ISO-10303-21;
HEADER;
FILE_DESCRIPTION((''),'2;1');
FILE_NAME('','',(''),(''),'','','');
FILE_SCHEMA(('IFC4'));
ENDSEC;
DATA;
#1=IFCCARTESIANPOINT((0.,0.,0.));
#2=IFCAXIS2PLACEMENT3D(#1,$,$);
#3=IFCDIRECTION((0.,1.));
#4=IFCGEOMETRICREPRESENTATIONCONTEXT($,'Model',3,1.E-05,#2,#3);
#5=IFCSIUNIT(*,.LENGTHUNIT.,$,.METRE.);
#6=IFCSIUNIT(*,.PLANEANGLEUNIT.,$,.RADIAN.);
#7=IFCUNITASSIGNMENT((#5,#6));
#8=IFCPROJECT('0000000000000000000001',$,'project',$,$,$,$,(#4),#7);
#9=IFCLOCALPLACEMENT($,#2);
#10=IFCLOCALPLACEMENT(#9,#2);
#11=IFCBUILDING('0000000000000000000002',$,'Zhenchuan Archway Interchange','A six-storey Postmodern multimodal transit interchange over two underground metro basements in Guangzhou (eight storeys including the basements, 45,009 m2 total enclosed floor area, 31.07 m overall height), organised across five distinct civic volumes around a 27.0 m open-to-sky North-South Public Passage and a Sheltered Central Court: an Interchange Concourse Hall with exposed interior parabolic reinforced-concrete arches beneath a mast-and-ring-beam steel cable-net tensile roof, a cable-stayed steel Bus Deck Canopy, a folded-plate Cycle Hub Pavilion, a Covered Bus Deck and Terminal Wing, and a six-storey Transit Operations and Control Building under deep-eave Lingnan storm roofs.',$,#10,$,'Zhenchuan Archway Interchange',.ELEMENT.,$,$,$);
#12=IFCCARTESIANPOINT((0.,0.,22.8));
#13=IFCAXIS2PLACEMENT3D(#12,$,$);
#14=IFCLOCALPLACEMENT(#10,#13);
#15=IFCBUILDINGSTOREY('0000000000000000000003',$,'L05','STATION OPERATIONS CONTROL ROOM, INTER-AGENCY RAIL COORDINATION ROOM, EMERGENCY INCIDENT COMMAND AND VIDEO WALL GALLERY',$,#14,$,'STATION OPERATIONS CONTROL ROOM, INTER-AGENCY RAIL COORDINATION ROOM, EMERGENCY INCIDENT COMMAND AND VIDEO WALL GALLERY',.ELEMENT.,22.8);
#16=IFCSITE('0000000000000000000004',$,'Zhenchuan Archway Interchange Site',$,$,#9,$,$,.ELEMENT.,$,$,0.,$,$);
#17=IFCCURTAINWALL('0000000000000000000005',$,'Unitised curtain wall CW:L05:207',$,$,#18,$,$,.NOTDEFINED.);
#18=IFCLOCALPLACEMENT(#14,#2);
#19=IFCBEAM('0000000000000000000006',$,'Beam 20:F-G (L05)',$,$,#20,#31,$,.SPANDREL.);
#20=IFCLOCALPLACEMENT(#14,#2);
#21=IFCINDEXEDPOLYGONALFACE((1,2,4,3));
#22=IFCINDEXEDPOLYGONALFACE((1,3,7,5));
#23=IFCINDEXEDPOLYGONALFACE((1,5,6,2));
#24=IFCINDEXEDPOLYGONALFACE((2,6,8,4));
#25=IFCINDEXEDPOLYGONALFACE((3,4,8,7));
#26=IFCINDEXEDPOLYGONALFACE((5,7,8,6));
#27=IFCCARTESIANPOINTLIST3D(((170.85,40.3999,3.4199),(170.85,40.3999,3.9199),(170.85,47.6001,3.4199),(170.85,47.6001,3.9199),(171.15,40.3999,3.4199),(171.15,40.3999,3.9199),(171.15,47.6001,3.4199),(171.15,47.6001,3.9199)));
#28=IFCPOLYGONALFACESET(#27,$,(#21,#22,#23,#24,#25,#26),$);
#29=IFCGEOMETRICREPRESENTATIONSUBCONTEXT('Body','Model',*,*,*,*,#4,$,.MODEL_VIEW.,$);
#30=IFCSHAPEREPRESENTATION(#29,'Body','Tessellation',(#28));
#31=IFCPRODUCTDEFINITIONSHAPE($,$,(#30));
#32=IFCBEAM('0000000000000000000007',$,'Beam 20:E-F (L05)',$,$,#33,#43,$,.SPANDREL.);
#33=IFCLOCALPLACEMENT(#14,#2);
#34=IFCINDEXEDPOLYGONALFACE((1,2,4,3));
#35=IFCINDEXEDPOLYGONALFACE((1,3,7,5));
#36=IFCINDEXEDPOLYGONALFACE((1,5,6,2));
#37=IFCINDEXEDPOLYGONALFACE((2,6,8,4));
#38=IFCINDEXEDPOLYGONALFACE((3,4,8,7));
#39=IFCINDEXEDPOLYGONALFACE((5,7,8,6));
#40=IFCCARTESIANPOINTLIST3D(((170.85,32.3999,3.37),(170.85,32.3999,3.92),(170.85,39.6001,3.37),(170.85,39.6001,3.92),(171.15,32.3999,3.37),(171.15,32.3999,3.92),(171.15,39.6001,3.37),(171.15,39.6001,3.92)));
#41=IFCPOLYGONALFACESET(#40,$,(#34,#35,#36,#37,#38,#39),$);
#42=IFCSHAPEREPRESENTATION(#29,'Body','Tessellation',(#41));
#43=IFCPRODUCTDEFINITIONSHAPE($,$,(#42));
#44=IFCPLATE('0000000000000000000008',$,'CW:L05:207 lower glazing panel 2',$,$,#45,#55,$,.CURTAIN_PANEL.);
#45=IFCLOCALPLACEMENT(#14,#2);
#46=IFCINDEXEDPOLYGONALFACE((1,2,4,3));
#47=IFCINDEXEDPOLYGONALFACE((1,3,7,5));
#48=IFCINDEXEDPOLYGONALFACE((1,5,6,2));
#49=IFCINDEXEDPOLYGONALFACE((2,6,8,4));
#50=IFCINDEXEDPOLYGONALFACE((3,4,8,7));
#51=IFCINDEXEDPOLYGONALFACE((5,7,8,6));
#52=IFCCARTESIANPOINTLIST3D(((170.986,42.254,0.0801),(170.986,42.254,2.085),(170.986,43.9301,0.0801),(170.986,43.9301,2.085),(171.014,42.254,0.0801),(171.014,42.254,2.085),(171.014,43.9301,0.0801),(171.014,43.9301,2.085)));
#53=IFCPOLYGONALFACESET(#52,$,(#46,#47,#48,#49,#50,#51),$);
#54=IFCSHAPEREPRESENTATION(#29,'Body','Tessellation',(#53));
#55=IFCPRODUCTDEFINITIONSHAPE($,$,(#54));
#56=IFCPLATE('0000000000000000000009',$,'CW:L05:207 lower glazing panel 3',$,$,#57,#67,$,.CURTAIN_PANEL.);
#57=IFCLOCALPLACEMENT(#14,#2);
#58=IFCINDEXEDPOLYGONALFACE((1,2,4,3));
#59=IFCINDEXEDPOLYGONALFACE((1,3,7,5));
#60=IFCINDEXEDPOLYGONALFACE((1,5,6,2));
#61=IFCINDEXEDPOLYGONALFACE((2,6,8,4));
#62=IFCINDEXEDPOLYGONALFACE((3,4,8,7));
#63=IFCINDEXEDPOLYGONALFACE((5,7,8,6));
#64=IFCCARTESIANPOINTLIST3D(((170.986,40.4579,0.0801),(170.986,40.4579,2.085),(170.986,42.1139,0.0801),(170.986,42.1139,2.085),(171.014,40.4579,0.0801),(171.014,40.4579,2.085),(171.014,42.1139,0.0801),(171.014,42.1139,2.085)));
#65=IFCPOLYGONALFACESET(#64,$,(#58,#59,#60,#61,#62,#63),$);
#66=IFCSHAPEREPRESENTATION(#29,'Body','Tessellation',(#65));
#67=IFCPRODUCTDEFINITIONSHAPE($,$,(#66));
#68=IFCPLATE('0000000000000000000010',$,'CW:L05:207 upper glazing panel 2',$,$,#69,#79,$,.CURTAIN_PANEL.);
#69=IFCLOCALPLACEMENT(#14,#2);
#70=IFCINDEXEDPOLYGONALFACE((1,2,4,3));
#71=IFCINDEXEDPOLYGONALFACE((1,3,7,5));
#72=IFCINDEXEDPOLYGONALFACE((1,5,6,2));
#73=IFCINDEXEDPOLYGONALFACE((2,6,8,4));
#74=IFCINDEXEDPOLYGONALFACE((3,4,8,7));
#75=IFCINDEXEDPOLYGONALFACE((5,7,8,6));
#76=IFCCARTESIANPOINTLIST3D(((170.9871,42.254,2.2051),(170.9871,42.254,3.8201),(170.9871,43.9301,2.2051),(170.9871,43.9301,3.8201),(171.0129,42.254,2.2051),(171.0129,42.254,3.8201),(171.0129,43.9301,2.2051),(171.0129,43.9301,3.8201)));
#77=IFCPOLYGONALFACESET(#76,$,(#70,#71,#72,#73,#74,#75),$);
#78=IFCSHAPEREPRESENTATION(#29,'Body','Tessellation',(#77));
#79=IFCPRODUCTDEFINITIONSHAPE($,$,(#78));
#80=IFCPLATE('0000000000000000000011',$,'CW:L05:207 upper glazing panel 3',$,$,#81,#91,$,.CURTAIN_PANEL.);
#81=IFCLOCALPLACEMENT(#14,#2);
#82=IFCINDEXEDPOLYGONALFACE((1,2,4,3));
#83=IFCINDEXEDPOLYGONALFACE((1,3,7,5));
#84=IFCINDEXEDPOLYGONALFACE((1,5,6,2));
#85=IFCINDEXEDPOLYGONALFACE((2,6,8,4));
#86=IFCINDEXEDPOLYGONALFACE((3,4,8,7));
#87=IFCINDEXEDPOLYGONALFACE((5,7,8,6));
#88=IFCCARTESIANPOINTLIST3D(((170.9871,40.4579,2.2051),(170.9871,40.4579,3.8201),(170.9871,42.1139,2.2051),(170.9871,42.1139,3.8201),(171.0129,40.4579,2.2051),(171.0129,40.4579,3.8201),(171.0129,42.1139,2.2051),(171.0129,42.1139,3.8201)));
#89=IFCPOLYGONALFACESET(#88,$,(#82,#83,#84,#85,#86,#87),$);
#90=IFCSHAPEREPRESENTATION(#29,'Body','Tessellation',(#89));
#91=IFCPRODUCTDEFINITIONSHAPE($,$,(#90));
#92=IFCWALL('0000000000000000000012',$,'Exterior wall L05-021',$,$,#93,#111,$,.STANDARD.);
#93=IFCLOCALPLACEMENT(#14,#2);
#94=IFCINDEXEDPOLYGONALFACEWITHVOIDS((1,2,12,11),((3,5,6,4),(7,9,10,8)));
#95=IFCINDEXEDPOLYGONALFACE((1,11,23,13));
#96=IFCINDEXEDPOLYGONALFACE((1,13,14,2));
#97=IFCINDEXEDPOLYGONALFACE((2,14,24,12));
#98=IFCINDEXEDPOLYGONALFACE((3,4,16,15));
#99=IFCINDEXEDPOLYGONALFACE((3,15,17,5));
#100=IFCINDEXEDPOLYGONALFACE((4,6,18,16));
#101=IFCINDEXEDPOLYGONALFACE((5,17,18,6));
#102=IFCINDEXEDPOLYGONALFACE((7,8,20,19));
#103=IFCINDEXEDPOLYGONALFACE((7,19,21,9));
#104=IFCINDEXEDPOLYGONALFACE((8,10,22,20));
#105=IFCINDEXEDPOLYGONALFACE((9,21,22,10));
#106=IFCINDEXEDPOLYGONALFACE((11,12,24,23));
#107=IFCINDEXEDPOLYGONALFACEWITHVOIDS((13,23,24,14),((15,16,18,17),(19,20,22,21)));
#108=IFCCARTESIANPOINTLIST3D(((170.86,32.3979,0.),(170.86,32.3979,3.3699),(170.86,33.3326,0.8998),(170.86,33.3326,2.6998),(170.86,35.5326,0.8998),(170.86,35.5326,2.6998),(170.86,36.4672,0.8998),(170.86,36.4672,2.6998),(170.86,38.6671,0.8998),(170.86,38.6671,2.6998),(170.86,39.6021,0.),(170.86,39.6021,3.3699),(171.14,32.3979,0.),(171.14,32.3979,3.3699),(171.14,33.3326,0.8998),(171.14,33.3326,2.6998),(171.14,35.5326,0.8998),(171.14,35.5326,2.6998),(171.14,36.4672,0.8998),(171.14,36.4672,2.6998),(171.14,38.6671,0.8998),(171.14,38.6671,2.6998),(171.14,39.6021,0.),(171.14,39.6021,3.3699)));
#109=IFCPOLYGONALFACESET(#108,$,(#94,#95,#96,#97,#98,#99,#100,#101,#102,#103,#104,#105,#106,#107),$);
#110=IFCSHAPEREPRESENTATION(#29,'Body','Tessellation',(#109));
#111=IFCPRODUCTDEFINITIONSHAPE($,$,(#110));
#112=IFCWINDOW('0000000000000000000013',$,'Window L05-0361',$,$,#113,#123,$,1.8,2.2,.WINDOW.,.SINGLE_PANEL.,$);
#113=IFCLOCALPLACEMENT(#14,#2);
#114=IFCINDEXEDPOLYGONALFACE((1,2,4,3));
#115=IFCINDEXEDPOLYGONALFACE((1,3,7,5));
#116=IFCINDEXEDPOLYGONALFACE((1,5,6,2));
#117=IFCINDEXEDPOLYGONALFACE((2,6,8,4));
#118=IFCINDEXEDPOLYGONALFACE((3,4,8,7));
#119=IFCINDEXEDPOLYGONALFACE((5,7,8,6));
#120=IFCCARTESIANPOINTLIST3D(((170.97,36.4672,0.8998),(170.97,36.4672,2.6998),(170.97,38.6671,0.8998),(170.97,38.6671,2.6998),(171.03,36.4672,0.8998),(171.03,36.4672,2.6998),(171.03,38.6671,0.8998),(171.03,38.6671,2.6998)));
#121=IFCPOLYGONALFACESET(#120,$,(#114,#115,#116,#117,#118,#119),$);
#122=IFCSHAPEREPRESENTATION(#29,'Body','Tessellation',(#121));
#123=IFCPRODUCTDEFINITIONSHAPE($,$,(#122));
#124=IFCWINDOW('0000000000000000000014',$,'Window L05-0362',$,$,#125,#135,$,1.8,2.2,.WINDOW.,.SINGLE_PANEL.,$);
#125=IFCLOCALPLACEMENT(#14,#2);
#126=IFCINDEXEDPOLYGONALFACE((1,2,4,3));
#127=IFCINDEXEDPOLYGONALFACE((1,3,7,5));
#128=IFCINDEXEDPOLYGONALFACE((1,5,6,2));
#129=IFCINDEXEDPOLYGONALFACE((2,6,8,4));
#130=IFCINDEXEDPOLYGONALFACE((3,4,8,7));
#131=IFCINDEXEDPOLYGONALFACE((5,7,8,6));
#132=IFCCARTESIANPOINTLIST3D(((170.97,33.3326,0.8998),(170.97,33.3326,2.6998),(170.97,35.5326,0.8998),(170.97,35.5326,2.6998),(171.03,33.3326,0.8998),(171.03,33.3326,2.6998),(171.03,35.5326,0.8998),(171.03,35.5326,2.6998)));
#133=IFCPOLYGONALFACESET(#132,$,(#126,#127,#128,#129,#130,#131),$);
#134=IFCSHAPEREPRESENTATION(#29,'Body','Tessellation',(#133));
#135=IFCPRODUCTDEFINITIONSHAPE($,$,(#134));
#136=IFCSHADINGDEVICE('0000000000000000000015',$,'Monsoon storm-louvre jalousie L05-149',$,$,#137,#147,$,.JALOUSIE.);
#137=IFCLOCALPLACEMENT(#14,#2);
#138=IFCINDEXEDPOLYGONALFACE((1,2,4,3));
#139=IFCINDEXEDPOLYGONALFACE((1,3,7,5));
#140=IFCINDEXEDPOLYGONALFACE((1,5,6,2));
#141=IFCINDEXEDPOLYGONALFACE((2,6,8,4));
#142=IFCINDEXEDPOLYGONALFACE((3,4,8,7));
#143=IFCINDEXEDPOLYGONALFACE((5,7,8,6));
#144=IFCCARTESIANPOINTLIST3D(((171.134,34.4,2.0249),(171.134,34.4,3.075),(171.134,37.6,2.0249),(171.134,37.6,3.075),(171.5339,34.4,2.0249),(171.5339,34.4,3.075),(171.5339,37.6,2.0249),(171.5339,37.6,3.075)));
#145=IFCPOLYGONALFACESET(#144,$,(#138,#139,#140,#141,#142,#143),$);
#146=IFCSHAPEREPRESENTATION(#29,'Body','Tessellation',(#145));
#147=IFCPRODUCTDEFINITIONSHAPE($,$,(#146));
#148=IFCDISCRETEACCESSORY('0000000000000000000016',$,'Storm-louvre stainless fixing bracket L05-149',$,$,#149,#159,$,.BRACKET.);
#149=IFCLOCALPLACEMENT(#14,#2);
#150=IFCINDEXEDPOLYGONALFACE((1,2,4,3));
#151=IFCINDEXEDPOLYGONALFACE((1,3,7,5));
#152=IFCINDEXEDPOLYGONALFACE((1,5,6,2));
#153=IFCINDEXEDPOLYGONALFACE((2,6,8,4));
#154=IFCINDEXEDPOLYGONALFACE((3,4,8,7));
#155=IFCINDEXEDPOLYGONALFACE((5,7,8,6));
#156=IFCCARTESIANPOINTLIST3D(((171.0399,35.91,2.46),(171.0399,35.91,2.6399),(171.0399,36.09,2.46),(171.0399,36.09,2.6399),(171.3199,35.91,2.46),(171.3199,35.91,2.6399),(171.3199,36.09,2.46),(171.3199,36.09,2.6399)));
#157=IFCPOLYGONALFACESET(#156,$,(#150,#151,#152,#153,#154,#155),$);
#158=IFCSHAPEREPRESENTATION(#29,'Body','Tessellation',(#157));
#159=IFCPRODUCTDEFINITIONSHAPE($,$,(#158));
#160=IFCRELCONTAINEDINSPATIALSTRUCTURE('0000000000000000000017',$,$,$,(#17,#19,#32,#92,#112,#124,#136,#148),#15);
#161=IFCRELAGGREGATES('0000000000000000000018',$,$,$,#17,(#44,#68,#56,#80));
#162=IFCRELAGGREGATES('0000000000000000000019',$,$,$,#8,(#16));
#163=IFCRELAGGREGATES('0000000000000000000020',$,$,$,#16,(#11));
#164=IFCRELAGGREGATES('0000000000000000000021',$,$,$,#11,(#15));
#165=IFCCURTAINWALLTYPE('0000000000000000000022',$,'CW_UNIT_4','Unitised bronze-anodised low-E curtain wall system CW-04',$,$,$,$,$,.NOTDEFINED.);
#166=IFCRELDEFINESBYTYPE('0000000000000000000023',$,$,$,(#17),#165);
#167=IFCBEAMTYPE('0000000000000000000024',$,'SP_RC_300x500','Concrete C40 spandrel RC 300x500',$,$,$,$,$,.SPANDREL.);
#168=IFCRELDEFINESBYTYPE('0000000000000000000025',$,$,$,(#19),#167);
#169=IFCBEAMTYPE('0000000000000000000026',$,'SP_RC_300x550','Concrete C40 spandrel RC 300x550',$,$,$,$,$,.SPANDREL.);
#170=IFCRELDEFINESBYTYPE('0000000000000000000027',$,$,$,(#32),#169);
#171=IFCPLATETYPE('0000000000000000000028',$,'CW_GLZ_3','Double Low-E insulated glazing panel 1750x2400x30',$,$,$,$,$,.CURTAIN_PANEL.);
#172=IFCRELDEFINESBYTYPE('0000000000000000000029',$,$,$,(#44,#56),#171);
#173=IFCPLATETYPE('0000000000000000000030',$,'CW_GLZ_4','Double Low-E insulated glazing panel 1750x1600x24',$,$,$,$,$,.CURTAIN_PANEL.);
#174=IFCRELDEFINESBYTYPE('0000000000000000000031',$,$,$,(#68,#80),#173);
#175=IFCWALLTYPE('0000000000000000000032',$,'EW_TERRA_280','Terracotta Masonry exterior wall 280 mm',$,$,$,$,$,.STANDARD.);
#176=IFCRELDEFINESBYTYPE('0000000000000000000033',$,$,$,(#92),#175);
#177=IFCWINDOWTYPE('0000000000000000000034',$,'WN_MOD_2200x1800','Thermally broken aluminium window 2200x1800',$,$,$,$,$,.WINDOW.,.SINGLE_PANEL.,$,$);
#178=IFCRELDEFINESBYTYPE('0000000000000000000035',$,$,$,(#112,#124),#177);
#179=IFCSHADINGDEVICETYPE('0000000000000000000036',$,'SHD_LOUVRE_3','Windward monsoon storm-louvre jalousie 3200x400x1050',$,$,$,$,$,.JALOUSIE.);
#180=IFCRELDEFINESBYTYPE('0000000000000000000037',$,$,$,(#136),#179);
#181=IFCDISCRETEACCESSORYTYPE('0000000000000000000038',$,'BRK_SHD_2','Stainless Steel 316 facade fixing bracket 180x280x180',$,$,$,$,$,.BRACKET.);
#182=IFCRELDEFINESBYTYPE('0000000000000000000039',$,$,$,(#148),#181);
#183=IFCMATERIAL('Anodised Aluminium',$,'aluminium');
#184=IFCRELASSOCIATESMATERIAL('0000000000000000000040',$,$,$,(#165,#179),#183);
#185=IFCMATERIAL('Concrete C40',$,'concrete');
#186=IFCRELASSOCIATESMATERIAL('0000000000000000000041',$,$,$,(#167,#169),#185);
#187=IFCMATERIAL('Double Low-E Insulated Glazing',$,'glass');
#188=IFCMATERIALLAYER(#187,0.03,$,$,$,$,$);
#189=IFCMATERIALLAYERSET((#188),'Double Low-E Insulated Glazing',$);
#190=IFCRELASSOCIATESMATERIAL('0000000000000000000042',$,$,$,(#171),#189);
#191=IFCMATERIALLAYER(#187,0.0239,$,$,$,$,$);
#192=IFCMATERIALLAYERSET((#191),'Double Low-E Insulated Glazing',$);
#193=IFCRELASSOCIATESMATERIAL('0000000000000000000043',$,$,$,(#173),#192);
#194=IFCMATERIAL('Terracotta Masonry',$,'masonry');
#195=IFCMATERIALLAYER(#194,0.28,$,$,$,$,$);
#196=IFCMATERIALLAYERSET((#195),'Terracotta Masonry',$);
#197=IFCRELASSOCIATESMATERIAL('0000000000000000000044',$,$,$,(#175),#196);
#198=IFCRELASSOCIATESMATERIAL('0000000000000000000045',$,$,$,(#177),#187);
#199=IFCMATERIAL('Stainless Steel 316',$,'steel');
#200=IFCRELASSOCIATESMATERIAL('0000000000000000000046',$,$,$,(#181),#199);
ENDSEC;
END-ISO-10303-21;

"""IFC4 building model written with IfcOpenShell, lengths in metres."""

from ifc_helpers import new_model, si_unit, direction, frame, frame_2d, origin, origin_2d, place, context, subcontext, project, spatial, rectangle, extrude, material, layer, layer_set, material_profile, profile_set, type_object, element, fill, aggregate, save


model = new_model("IFC4")

# Units and contexts
model_context = context("Model", 3, precision=1e-05, world=origin(), true_north=direction((0.0, 1.0)))
body_context = subcontext(model_context, "Body", "Model", "MODEL_VIEW")
ifc_project = project(units=[si_unit("LENGTHUNIT", "METRE"), si_unit("PLANEANGLEUNIT", "RADIAN")], contexts=[model_context])

# Site, building, storey
site_placement = place(None, origin())
site = spatial("IfcSite", under=ifc_project, at=site_placement, Name="Zhenchuan Archway Interchange Site", CompositionType="ELEMENT", RefElevation=0.0)
building_placement = place(site_placement, origin())
building = spatial("IfcBuilding", under=site, at=building_placement, Name="Zhenchuan Archway Interchange", Description="A six-storey Postmodern multimodal transit interchange over two underground metro basements in Guangzhou (eight storeys including the basements, 45,009 m2 total enclosed floor area, 31.07 m overall height), organised across five distinct civic volumes around a 27.0 m open-to-sky North-South Public Passage and a Sheltered Central Court: an Interchange Concourse Hall with exposed interior parabolic reinforced-concrete arches beneath a mast-and-ring-beam steel cable-net tensile roof, a cable-stayed steel Bus Deck Canopy, a folded-plate Cycle Hub Pavilion, a Covered Bus Deck and Terminal Wing, and a six-storey Transit Operations and Control Building under deep-eave Lingnan storm roofs.", LongName="Zhenchuan Archway Interchange", CompositionType="ELEMENT")
storey_placement = place(building_placement, frame((0.0, 0.0, 22.8)))
storey = spatial("IfcBuildingStorey", under=building, at=storey_placement, Name="L05", Description="STATION OPERATIONS CONTROL ROOM, INTER-AGENCY RAIL COORDINATION ROOM, EMERGENCY INCIDENT COMMAND AND VIDEO WALL GALLERY", LongName="STATION OPERATIONS CONTROL ROOM, INTER-AGENCY RAIL COORDINATION ROOM, EMERGENCY INCIDENT COMMAND AND VIDEO WALL GALLERY", CompositionType="ELEMENT", Elevation=22.8)

# Shared definitions
ifc_material_1 = material(Name="Concrete C40", Category="concrete")

# Curtain wall
ifc_material_2 = material(Name="Anodised Aluminium", Category="aluminium")
curtain_wall_type = type_object("IfcCurtainWallType", Name="CW_UNIT_4", Description="Unitised bronze-anodised low-E curtain wall system CW-04", PredefinedType="NOTDEFINED", material=ifc_material_2)
curtain_wall_placement = place(storey_placement, origin())
curtain_wall = element("IfcCurtainWall", 1, at=curtain_wall_placement, inside=storey, type_object=curtain_wall_type, Name="Unitised curtain wall CW:L05:207", PredefinedType="NOTDEFINED")

# Beams
ifc_material_profile_1 = material_profile(ifc_material_1, rectangle(XDim=0.3, YDim=0.5, at=origin_2d()), Name="RC 300x500")
ifc_profile_set_1 = profile_set([ifc_material_profile_1], Name="Concrete C40")
beam_type_1 = type_object("IfcBeamType", Name="SP_RC_300x500", Description="Concrete C40 spandrel RC 300x500", PredefinedType="SPANDREL", material=ifc_profile_set_1)
beam_1_placement = place(storey_placement, frame((171.0, 40.3999, 3.6699), z_axis=(0.0, 1.0, 0.0), x_axis=(-1.0, 0.0, 0.0)))
element("IfcBeam", 2, at=beam_1_placement, inside=storey, type_object=beam_type_1, Name="Beam 20:F-G (L05)", PredefinedType="SPANDREL", context=body_context, shape_type="SweptSolid", body=[
    extrude(rectangle(XDim=0.3, YDim=0.5, at=origin_2d()), origin(), (0.0, 0.0, 1.0), 7.2002),
])
ifc_material_profile_2 = material_profile(ifc_material_1, rectangle(XDim=0.3, YDim=0.55, at=origin_2d()), Name="RC 300x550")
ifc_profile_set_2 = profile_set([ifc_material_profile_2], Name="Concrete C40")
beam_type_2 = type_object("IfcBeamType", Name="SP_RC_300x550", Description="Concrete C40 spandrel RC 300x550", PredefinedType="SPANDREL", material=ifc_profile_set_2)
beam_2_placement = place(storey_placement, frame((171.0, 32.3999, 3.645), z_axis=(0.0, 1.0, 0.0), x_axis=(-1.0, 0.0, 0.0)))
element("IfcBeam", 3, at=beam_2_placement, inside=storey, type_object=beam_type_2, Name="Beam 20:E-F (L05)", PredefinedType="SPANDREL", context=body_context, shape_type="SweptSolid", body=[
    extrude(rectangle(XDim=0.3, YDim=0.55, at=origin_2d()), origin(), (0.0, 0.0, 1.0), 7.2002),
])

# Plates
ifc_material_3 = material(Name="Double Low-E Insulated Glazing", Category="glass")
ifc_layer_1 = layer(ifc_material_3, 0.03)
ifc_layer_set_1 = layer_set([ifc_layer_1], Name="Double Low-E Insulated Glazing")
plate_type_1 = type_object("IfcPlateType", Name="CW_GLZ_3", Description="Double Low-E insulated glazing panel 1750x2400x30", PredefinedType="CURTAIN_PANEL", material=ifc_layer_set_1)
plate_1_placement = place(storey_placement, frame((171.0, 43.092, 0.0801), z_axis=(0.0, 0.0, 1.0), x_axis=(0.0, -1.0, 0.0)))
plate_1 = element("IfcPlate", 4, at=plate_1_placement, type_object=plate_type_1, Name="CW:L05:207 lower glazing panel 2", PredefinedType="CURTAIN_PANEL", context=body_context, shape_type="SweptSolid", body=[
    extrude(rectangle(XDim=1.676, YDim=0.0281, at=origin_2d()), origin(), (0.0, 0.0, 1.0), 2.0049),
])
plate_2_placement = place(storey_placement, frame((171.0, 41.2859, 0.0801), z_axis=(0.0, 0.0, 1.0), x_axis=(0.0, -1.0, 0.0)))
plate_2 = element("IfcPlate", 5, at=plate_2_placement, type_object=plate_type_1, Name="CW:L05:207 lower glazing panel 3", PredefinedType="CURTAIN_PANEL", context=body_context, shape_type="SweptSolid", body=[
    extrude(rectangle(XDim=1.656, YDim=0.0281, at=origin_2d()), origin(), (0.0, 0.0, 1.0), 2.0049),
])
ifc_layer_2 = layer(ifc_material_3, 0.0239)
ifc_layer_set_2 = layer_set([ifc_layer_2], Name="Double Low-E Insulated Glazing")
plate_type_2 = type_object("IfcPlateType", Name="CW_GLZ_4", Description="Double Low-E insulated glazing panel 1750x1600x24", PredefinedType="CURTAIN_PANEL", material=ifc_layer_set_2)
plate_3_placement = place(storey_placement, frame((171.0, 43.092, 2.2051), z_axis=(0.0, 0.0, 1.0), x_axis=(0.0, -1.0, 0.0)))
plate_3 = element("IfcPlate", 6, at=plate_3_placement, type_object=plate_type_2, Name="CW:L05:207 upper glazing panel 2", PredefinedType="CURTAIN_PANEL", context=body_context, shape_type="SweptSolid", body=[
    extrude(rectangle(XDim=1.676, YDim=0.0259, at=origin_2d()), origin(), (0.0, 0.0, 1.0), 1.615),
])
plate_4_placement = place(storey_placement, frame((171.0, 41.2859, 2.2051), z_axis=(0.0, 0.0, 1.0), x_axis=(0.0, -1.0, 0.0)))
plate_4 = element("IfcPlate", 7, at=plate_4_placement, type_object=plate_type_2, Name="CW:L05:207 upper glazing panel 3", PredefinedType="CURTAIN_PANEL", context=body_context, shape_type="SweptSolid", body=[
    extrude(rectangle(XDim=1.656, YDim=0.0259, at=origin_2d()), origin(), (0.0, 0.0, 1.0), 1.615),
])
aggregate(curtain_wall, [plate_1, plate_3, plate_2, plate_4])

# Wall, openings, windows
ifc_material_4 = material(Name="Terracotta Masonry", Category="masonry")
ifc_layer_3 = layer(ifc_material_4, 0.28)
ifc_layer_set_3 = layer_set([ifc_layer_3], Name="Terracotta Masonry")
wall_type = type_object("IfcWallType", Name="EW_TERRA_280", Description="Terracotta Masonry exterior wall 280 mm", PredefinedType="STANDARD", material=ifc_layer_set_3)
wall_placement = place(storey_placement, frame((171.0, 39.6021, 0.0), z_axis=(0.0, 0.0, 1.0), x_axis=(0.0, -1.0, 0.0)))
wall = element("IfcWall", 8, at=wall_placement, inside=storey, type_object=wall_type, Name="Exterior wall L05-021", PredefinedType="STANDARD", context=body_context, shape_type="SweptSolid", body=[
    extrude(rectangle(XDim=7.2041, YDim=0.28, at=frame_2d((3.6021, 0.0))), origin(), (0.0, 0.0, 1.0), 3.3699),
])
opening_1_placement = place(wall_placement, frame((0.9348, 0.0, 0.8999)))
opening_1 = element("IfcOpeningElement", 9, at=opening_1_placement, cuts=wall, PredefinedType="OPENING", context=body_context, shape_type="SweptSolid", body=[
    extrude(rectangle(XDim=2.2, YDim=1.8, at=frame_2d((1.1001, 0.8999))), frame((0.0, 0.1519, 0.0), z_axis=(0.0, -1.0, 0.0), x_axis=(1.0, 0.0, 0.0)), (0.0, 0.0, 1.0), 0.304),
])
opening_2_placement = place(wall_placement, frame((4.0693, 0.0, 0.8999)))
opening_2 = element("IfcOpeningElement", 10, at=opening_2_placement, cuts=wall, PredefinedType="OPENING", context=body_context, shape_type="SweptSolid", body=[
    extrude(rectangle(XDim=2.2, YDim=1.8, at=frame_2d((1.1001, 0.8999))), frame((0.0, 0.1519, 0.0), z_axis=(0.0, -1.0, 0.0), x_axis=(1.0, 0.0, 0.0)), (0.0, 0.0, 1.0), 0.304),
])
window_type = type_object("IfcWindowType", Name="WN_MOD_2200x1800", Description="Thermally broken aluminium window 2200x1800", PartitioningType="SINGLE_PANEL", PredefinedType="WINDOW", material=ifc_material_3)
window_1_placement = place(opening_1_placement, origin())
window_1 = element("IfcWindow", 11, at=window_1_placement, inside=storey, type_object=window_type, Name="Window L05-0361", OverallHeight=1.8, OverallWidth=2.2, PartitioningType="SINGLE_PANEL", PredefinedType="WINDOW", context=body_context, shape_type="SweptSolid", body=[
    extrude(rectangle(XDim=2.2, YDim=1.8, at=frame_2d((1.1001, 0.8999))), frame((0.0, 0.03, 0.0), z_axis=(0.0, -1.0, 0.0), x_axis=(1.0, 0.0, 0.0)), (0.0, 0.0, 1.0), 0.0601),
])
fill(opening_1, window_1)
window_2_placement = place(opening_2_placement, origin())
window_2 = element("IfcWindow", 12, at=window_2_placement, inside=storey, type_object=window_type, Name="Window L05-0362", OverallHeight=1.8, OverallWidth=2.2, PartitioningType="SINGLE_PANEL", PredefinedType="WINDOW", context=body_context, shape_type="SweptSolid", body=[
    extrude(rectangle(XDim=2.2, YDim=1.8, at=frame_2d((1.1001, 0.8999))), frame((0.0, 0.03, 0.0), z_axis=(0.0, -1.0, 0.0), x_axis=(1.0, 0.0, 0.0)), (0.0, 0.0, 1.0), 0.0601),
])
fill(opening_2, window_2)

# Shading device
shading_device_type = type_object("IfcShadingDeviceType", Name="SHD_LOUVRE_3", Description="Windward monsoon storm-louvre jalousie 3200x400x1050", PredefinedType="JALOUSIE", material=ifc_material_2)
shading_device_placement = place(storey_placement, frame((171.334, 36.0, 2.0249), z_axis=(0.0, 0.0, 1.0), x_axis=(0.0, -1.0, 0.0)))
element("IfcShadingDevice", 13, at=shading_device_placement, inside=storey, type_object=shading_device_type, Name="Monsoon storm-louvre jalousie L05-149", PredefinedType="JALOUSIE", context=body_context, shape_type="SweptSolid", body=[
    extrude(rectangle(XDim=3.2, YDim=0.3999, at=origin_2d()), origin(), (0.0, 0.0, 1.0), 1.05),
])

# Discrete accessory
ifc_material_5 = material(Name="Stainless Steel 316", Category="steel")
discrete_accessory_type = type_object("IfcDiscreteAccessoryType", Name="BRK_SHD_2", Description="Stainless Steel 316 facade fixing bracket 180x280x180", PredefinedType="BRACKET", material=ifc_material_5)
discrete_accessory_placement = place(storey_placement, frame((171.1799, 36.0, 2.46), z_axis=(0.0, 0.0, 1.0), x_axis=(0.0, -1.0, 0.0)))
element("IfcDiscreteAccessory", 14, at=discrete_accessory_placement, inside=storey, type_object=discrete_accessory_type, Name="Storm-louvre stainless fixing bracket L05-149", PredefinedType="BRACKET", context=body_context, shape_type="SweptSolid", body=[
    extrude(rectangle(XDim=0.1799, YDim=0.28, at=origin_2d()), origin(), (0.0, 0.0, 1.0), 0.1799),
])

save(model, "model.ifc")
